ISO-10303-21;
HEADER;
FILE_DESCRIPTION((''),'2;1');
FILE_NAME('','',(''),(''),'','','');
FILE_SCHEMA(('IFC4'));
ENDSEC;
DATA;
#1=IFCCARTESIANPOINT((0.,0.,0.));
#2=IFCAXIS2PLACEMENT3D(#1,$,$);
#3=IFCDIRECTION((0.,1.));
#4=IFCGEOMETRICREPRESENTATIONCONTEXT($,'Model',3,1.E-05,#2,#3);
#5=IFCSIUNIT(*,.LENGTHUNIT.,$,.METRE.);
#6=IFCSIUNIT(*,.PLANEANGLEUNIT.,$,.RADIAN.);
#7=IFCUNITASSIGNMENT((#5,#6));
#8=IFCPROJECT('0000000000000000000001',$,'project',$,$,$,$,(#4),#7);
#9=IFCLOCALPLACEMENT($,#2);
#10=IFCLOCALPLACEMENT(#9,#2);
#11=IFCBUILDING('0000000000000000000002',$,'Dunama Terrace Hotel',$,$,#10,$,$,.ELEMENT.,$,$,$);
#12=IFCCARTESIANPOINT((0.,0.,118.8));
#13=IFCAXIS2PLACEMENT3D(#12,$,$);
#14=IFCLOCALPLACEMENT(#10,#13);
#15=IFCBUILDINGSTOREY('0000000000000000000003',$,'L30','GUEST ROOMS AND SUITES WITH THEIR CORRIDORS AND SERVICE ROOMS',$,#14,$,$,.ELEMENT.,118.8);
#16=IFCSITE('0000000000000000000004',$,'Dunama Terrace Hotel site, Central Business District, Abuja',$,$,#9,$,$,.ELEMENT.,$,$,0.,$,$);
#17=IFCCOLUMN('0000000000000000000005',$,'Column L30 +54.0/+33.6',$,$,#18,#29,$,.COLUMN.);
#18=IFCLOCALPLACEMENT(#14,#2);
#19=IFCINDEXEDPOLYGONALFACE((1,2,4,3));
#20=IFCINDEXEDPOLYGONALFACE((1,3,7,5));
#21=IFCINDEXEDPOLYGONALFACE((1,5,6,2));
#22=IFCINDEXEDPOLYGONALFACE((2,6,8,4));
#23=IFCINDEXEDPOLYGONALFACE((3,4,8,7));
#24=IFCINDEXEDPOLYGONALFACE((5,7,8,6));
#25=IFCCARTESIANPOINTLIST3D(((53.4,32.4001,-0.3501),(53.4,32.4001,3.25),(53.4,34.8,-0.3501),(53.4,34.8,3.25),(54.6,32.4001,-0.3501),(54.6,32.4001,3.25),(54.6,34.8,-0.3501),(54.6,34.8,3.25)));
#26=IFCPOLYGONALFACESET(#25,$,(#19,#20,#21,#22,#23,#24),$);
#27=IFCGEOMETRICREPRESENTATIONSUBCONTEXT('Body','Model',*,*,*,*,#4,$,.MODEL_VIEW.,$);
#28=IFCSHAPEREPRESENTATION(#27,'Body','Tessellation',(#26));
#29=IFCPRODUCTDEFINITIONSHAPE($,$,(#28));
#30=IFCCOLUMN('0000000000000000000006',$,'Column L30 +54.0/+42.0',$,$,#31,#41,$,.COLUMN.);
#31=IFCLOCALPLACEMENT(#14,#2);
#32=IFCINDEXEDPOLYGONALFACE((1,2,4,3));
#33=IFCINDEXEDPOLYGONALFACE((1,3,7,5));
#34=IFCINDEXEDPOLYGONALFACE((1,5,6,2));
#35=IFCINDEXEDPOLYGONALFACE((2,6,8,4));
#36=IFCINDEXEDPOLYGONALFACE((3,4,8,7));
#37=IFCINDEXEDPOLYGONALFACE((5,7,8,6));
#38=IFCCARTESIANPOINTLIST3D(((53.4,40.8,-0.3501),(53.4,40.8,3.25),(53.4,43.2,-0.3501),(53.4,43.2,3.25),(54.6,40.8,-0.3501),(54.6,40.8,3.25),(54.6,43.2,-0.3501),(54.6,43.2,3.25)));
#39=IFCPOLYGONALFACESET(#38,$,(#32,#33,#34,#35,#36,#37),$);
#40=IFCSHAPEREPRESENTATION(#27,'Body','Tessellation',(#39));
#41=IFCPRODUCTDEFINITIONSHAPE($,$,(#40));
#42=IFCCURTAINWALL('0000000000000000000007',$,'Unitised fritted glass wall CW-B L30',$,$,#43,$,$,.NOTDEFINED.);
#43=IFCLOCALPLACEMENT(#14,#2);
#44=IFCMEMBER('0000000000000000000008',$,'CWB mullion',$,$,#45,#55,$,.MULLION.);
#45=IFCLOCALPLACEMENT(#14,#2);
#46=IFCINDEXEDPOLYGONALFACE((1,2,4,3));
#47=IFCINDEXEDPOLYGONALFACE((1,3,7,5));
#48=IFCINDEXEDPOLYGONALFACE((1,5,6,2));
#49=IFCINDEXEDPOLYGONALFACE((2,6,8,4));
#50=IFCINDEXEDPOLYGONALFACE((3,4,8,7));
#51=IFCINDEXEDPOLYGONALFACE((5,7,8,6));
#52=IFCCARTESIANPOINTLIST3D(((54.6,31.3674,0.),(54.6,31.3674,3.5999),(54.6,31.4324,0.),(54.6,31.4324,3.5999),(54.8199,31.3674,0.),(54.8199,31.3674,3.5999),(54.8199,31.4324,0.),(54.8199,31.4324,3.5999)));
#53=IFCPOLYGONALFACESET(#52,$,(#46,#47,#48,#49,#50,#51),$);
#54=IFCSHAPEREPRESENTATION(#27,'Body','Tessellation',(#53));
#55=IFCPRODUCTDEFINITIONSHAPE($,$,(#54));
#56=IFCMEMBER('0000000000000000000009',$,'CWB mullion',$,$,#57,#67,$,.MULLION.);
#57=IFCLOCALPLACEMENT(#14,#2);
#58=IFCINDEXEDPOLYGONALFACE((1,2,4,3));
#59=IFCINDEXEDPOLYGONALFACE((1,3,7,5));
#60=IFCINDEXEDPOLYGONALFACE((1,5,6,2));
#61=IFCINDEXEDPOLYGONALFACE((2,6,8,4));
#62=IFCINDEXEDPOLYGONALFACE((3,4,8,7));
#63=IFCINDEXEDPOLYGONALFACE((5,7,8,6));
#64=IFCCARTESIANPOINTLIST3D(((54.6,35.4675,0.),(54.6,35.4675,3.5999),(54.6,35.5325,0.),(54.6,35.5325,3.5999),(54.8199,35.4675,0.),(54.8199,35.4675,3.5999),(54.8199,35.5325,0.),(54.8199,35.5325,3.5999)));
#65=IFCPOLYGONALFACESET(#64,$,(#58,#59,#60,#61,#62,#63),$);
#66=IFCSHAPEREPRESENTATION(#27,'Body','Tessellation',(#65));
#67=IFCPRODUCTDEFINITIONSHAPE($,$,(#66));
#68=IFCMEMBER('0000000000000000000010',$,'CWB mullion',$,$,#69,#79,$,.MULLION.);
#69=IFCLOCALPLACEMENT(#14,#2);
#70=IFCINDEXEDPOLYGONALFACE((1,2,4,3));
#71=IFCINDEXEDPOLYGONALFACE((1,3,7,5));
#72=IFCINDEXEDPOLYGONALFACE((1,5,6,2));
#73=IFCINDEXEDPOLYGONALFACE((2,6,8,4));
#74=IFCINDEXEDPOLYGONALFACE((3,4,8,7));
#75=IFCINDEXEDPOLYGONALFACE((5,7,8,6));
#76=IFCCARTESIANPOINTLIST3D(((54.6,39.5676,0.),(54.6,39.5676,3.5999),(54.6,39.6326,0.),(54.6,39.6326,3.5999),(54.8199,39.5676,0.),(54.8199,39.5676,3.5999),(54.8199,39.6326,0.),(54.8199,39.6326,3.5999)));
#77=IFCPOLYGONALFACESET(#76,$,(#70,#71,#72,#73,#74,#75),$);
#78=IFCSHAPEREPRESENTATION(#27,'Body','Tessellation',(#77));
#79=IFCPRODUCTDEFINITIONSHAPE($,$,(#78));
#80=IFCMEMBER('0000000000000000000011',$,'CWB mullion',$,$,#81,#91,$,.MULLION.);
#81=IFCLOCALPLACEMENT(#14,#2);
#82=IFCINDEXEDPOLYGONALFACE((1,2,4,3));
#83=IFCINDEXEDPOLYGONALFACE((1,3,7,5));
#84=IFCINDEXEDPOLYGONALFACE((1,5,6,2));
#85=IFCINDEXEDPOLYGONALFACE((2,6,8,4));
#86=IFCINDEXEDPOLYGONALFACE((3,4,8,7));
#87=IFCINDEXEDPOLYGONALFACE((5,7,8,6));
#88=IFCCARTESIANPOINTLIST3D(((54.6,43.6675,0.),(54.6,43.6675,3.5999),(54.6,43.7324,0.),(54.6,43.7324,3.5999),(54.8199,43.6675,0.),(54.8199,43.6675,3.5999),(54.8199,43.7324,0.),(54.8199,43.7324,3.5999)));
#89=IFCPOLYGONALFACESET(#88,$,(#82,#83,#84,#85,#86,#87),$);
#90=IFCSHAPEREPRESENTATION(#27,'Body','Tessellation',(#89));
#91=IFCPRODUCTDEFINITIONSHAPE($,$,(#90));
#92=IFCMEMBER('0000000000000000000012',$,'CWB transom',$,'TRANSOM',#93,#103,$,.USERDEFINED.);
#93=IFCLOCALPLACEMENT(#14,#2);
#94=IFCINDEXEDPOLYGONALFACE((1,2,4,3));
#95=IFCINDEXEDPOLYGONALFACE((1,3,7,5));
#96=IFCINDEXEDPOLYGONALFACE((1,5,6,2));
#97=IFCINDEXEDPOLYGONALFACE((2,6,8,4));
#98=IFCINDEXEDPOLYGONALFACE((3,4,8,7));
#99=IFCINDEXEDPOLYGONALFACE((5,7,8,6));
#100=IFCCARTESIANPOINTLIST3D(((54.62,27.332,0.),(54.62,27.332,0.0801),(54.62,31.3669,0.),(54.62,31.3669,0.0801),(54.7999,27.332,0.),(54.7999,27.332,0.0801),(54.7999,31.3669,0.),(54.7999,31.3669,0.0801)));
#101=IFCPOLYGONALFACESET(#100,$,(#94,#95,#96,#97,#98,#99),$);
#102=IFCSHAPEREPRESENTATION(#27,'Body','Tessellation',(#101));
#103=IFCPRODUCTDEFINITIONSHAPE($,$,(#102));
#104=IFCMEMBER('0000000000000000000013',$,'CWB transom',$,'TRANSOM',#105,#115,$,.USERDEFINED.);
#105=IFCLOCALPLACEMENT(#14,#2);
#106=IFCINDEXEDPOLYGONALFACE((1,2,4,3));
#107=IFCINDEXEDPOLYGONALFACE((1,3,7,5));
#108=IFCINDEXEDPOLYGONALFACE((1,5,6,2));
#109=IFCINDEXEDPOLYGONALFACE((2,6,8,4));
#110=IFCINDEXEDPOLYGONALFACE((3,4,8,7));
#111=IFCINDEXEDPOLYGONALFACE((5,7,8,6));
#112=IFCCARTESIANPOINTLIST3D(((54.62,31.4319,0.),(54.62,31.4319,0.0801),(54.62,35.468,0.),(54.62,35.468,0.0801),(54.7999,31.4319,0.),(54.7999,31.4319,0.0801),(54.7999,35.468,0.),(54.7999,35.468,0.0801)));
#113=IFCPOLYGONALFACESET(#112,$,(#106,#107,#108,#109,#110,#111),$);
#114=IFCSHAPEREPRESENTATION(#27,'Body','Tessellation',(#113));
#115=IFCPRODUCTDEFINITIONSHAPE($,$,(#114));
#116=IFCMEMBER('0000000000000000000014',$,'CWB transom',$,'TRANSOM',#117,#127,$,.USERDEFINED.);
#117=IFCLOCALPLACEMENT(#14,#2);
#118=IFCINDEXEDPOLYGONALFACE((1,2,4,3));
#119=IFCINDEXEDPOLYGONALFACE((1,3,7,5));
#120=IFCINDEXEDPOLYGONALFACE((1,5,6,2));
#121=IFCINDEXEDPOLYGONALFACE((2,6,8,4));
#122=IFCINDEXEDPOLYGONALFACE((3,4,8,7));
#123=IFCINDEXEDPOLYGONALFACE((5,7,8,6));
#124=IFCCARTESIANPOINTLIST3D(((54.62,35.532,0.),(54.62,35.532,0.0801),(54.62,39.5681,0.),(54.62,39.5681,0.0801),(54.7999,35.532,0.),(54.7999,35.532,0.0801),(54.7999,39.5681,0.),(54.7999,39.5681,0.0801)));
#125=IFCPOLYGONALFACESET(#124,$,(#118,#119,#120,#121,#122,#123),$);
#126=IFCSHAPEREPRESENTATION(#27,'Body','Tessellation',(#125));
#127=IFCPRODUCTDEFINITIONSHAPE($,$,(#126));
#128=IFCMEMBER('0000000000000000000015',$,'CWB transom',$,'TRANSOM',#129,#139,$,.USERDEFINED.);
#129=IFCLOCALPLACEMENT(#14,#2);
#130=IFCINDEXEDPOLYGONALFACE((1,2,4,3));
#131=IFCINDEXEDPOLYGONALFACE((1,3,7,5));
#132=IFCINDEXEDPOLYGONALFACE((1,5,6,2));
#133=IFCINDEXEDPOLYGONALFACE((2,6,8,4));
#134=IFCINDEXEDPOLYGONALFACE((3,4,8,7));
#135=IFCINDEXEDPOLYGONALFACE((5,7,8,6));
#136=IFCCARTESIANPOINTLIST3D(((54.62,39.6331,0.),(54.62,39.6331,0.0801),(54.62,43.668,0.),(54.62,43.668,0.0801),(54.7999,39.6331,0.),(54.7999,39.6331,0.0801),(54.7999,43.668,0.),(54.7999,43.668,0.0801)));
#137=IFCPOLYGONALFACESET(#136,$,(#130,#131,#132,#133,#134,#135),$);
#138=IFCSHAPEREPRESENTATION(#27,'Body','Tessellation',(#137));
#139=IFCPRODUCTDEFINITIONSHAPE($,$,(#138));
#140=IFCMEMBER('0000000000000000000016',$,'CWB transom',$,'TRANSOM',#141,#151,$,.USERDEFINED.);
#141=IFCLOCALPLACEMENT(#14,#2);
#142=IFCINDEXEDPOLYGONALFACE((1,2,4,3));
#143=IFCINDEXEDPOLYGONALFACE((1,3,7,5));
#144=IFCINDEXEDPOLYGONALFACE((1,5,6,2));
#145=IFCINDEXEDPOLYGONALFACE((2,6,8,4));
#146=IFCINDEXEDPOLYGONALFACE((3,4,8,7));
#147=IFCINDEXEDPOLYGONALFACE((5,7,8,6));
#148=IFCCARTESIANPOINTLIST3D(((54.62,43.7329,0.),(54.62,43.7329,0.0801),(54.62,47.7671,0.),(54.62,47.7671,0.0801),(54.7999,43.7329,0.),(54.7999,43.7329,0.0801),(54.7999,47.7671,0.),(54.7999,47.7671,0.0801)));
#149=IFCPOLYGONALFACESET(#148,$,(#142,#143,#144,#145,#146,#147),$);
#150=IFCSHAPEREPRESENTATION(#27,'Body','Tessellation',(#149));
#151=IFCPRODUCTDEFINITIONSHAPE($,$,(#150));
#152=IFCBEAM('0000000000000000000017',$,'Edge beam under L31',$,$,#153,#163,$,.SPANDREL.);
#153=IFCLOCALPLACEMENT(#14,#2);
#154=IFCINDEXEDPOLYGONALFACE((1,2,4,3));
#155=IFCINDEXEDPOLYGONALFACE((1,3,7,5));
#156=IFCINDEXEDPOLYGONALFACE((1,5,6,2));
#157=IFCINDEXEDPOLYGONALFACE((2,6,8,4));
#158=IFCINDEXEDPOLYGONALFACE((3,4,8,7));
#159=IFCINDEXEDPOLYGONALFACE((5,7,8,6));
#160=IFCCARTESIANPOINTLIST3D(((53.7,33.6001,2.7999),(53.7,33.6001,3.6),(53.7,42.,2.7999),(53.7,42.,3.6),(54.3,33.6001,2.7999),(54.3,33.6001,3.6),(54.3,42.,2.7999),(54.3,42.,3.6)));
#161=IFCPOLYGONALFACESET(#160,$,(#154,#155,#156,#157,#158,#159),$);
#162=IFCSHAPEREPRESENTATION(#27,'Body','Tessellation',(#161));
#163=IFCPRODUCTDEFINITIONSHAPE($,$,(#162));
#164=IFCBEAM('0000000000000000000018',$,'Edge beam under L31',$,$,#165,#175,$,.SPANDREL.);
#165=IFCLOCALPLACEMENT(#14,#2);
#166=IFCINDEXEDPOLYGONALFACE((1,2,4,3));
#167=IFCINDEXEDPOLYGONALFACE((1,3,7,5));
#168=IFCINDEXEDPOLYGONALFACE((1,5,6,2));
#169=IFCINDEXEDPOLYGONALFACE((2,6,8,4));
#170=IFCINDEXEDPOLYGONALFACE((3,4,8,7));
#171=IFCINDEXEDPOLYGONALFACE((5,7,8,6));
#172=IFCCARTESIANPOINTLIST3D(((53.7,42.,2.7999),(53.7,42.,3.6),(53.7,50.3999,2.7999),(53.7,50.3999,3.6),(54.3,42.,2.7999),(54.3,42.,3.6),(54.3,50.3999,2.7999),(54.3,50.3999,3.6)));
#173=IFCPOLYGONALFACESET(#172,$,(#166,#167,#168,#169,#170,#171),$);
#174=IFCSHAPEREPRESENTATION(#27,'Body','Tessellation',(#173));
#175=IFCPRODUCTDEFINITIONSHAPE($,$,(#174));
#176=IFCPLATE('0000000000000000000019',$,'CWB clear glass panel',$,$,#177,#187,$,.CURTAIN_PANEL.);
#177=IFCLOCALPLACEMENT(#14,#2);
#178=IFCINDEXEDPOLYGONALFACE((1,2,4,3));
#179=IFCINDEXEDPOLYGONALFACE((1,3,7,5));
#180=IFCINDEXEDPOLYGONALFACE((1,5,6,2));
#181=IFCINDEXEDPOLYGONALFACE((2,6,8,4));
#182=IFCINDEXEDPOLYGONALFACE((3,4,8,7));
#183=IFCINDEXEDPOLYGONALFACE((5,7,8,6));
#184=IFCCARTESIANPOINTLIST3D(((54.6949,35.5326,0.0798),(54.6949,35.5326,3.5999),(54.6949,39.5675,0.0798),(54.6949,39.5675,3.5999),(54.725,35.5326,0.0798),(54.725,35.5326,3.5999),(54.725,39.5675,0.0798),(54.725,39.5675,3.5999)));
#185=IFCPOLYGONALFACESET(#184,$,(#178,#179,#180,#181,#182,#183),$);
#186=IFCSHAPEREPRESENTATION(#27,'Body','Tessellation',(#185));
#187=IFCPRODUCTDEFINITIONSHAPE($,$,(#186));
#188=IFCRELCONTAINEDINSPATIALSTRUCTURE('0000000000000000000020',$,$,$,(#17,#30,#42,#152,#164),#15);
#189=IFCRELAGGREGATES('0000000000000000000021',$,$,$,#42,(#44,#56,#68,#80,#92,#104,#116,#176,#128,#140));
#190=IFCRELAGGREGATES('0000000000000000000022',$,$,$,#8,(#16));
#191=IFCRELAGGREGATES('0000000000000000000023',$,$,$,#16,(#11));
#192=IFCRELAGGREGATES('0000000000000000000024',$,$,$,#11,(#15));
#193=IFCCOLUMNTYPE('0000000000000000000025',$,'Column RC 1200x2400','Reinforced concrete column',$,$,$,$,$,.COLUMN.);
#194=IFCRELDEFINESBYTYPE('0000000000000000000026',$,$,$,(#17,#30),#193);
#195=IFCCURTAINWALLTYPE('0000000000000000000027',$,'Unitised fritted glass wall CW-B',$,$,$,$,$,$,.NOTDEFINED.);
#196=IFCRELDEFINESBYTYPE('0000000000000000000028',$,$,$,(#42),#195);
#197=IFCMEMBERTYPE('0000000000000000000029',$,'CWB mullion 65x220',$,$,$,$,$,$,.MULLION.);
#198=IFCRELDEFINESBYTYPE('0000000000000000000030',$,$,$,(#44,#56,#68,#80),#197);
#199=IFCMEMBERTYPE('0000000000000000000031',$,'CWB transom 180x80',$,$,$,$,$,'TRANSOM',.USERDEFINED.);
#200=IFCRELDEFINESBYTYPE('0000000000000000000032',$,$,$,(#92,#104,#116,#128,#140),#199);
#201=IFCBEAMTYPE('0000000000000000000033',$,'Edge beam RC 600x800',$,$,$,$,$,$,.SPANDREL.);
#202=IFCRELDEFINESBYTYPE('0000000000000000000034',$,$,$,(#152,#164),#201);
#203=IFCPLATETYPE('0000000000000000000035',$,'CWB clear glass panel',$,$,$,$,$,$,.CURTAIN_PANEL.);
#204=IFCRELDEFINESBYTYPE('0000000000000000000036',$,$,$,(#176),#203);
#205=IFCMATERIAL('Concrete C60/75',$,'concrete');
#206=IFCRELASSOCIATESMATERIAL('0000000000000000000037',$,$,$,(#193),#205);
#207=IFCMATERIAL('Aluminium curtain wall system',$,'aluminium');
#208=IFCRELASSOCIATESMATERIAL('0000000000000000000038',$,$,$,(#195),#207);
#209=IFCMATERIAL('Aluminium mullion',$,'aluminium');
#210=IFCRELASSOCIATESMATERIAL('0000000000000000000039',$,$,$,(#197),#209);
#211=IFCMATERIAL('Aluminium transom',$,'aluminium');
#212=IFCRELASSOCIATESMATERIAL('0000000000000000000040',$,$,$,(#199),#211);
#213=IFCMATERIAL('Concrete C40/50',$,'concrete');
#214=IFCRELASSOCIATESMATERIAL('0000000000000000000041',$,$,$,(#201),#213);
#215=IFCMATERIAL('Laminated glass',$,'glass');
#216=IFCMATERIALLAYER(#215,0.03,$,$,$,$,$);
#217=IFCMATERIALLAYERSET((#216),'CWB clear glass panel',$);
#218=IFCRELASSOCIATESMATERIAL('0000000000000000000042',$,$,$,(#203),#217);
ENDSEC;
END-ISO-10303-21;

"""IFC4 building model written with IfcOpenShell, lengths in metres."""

from ifc_helpers import new_model, si_unit, direction, frame, origin, origin_2d, place, context, subcontext, project, spatial, rectangle, extrude, material, layer, layer_set, material_profile, profile_set, type_object, element, aggregate, save


model = new_model("IFC4")

# Units and contexts
model_context = context("Model", 3, precision=1e-05, world=origin(), true_north=direction((0.0, 1.0)))
body_context = subcontext(model_context, "Body", "Model", "MODEL_VIEW")
ifc_project = project(units=[si_unit("LENGTHUNIT", "METRE"), si_unit("PLANEANGLEUNIT", "RADIAN")], contexts=[model_context])

# Site, building, storey
site_placement = place(None, origin())
site = spatial("IfcSite", under=ifc_project, at=site_placement, Name="Dunama Terrace Hotel site, Central Business District, Abuja", CompositionType="ELEMENT", RefElevation=0.0)
building_placement = place(site_placement, origin())
building = spatial("IfcBuilding", under=site, at=building_placement, Name="Dunama Terrace Hotel", CompositionType="ELEMENT")
storey_placement = place(building_placement, frame((0.0, 0.0, 118.8)))
storey = spatial("IfcBuildingStorey", under=building, at=storey_placement, Name="L30", Description="GUEST ROOMS AND SUITES WITH THEIR CORRIDORS AND SERVICE ROOMS", CompositionType="ELEMENT", Elevation=118.8)

# Columns
ifc_material_1 = material(Name="Concrete C60/75", Category="concrete")
ifc_material_profile_1 = material_profile(ifc_material_1, rectangle(XDim=1.2, YDim=2.3999, at=origin_2d()), Name="RC 1200x2400")
ifc_profile_set_1 = profile_set([ifc_material_profile_1], Name="Concrete C60/75")
column_type = type_object("IfcColumnType", Name="Column RC 1200x2400", Description="Reinforced concrete column", PredefinedType="COLUMN", material=ifc_profile_set_1)
for number, where, z_axis, x_axis, name in (
    (1, (54.0, 33.6001, -0.3501), (0.0, 0.0, 1.0), (1.0, 0.0, 0.0), "Column L30 +54.0/+33.6"),
    (2, (54.0, 42.0, -0.3501), (0.0, 0.0, 1.0), (1.0, 0.0, 0.0), "Column L30 +54.0/+42.0"),
):
    element("IfcColumn", number, at=place(storey_placement, frame(where, z_axis=z_axis, x_axis=x_axis)), inside=storey, type_object=column_type, Name=name, PredefinedType="COLUMN", context=body_context, shape_type="SweptSolid", body=[
        extrude(rectangle(XDim=1.2, YDim=2.3999, at=origin_2d()), origin(), (0.0, 0.0, 1.0), 3.6001),
    ])

# Curtain wall, members
ifc_material_2 = material(Name="Aluminium curtain wall system", Category="aluminium")
curtain_wall_type = type_object("IfcCurtainWallType", Name="Unitised fritted glass wall CW-B", PredefinedType="NOTDEFINED", material=ifc_material_2)
curtain_wall_placement = place(storey_placement, origin())
curtain_wall = element("IfcCurtainWall", 3, at=curtain_wall_placement, inside=storey, type_object=curtain_wall_type, Name="Unitised fritted glass wall CW-B L30", PredefinedType="NOTDEFINED")
ifc_material_3 = material(Name="Aluminium mullion", Category="aluminium")
ifc_material_profile_2 = material_profile(ifc_material_3, rectangle(XDim=0.0649, YDim=0.22, at=origin_2d()), Name="CWB MULLION 65X220")
ifc_profile_set_2 = profile_set([ifc_material_profile_2], Name="Aluminium mullion")
member_type_1 = type_object("IfcMemberType", Name="CWB mullion 65x220", PredefinedType="MULLION", material=ifc_profile_set_2)
member_1_placement = place(storey_placement, frame((54.71, 31.3999, 0.0), z_axis=(0.0, 0.0, 1.0), x_axis=(0.0, 1.0, 0.0)))
member_1 = element("IfcMember", 4, at=member_1_placement, type_object=member_type_1, Name="CWB mullion", PredefinedType="MULLION", context=body_context, shape_type="SweptSolid", body=[
    extrude(rectangle(XDim=0.0649, YDim=0.22, at=origin_2d()), origin(), (0.0, 0.0, 1.0), 3.5999),
])
member_2_placement = place(storey_placement, frame((54.71, 35.5, 0.0), z_axis=(0.0, 0.0, 1.0), x_axis=(0.0, 1.0, 0.0)))
member_2 = element("IfcMember", 5, at=member_2_placement, type_object=member_type_1, Name="CWB mullion", PredefinedType="MULLION", context=body_context, shape_type="SweptSolid", body=[
    extrude(rectangle(XDim=0.0649, YDim=0.22, at=origin_2d()), origin(), (0.0, 0.0, 1.0), 3.5999),
])
member_3_placement = place(storey_placement, frame((54.71, 39.6001, 0.0), z_axis=(0.0, 0.0, 1.0), x_axis=(0.0, 1.0, 0.0)))
member_3 = element("IfcMember", 6, at=member_3_placement, type_object=member_type_1, Name="CWB mullion", PredefinedType="MULLION", context=body_context, shape_type="SweptSolid", body=[
    extrude(rectangle(XDim=0.0649, YDim=0.22, at=origin_2d()), origin(), (0.0, 0.0, 1.0), 3.5999),
])
member_4_placement = place(storey_placement, frame((54.71, 43.7, 0.0), z_axis=(0.0, 0.0, 1.0), x_axis=(0.0, 1.0, 0.0)))
member_4 = element("IfcMember", 7, at=member_4_placement, type_object=member_type_1, Name="CWB mullion", PredefinedType="MULLION", context=body_context, shape_type="SweptSolid", body=[
    extrude(rectangle(XDim=0.0649, YDim=0.22, at=origin_2d()), origin(), (0.0, 0.0, 1.0), 3.5999),
])
ifc_material_4 = material(Name="Aluminium transom", Category="aluminium")
ifc_material_profile_3 = material_profile(ifc_material_4, rectangle(XDim=0.1799, YDim=0.0801, at=origin_2d()), Name="CWB TRANSOM 180X80")
ifc_profile_set_3 = profile_set([ifc_material_profile_3], Name="Aluminium transom")
member_type_2 = type_object("IfcMemberType", Name="CWB transom 180x80", ElementType="TRANSOM", PredefinedType="USERDEFINED", material=ifc_profile_set_3)
member_5_placement = place(storey_placement, frame((54.71, 27.332, 0.04), z_axis=(0.0, 1.0, 0.0), x_axis=(-1.0, 0.0, 0.0)))
member_5 = element("IfcMember", 8, at=member_5_placement, type_object=member_type_2, Name="CWB transom", ObjectType="TRANSOM", PredefinedType="USERDEFINED", context=body_context, shape_type="SweptSolid", body=[
    extrude(rectangle(XDim=0.1799, YDim=0.0801, at=origin_2d()), origin(), (0.0, 0.0, 1.0), 4.0349),
])
member_6_placement = place(storey_placement, frame((54.71, 31.4319, 0.04), z_axis=(0.0, 1.0, 0.0), x_axis=(-1.0, 0.0, 0.0)))
member_6 = element("IfcMember", 9, at=member_6_placement, type_object=member_type_2, Name="CWB transom", ObjectType="TRANSOM", PredefinedType="USERDEFINED", context=body_context, shape_type="SweptSolid", body=[
    extrude(rectangle(XDim=0.1799, YDim=0.0801, at=origin_2d()), origin(), (0.0, 0.0, 1.0), 4.0361),
])
member_7_placement = place(storey_placement, frame((54.71, 35.532, 0.04), z_axis=(0.0, 1.0, 0.0), x_axis=(-1.0, 0.0, 0.0)))
member_7 = element("IfcMember", 10, at=member_7_placement, type_object=member_type_2, Name="CWB transom", ObjectType="TRANSOM", PredefinedType="USERDEFINED", context=body_context, shape_type="SweptSolid", body=[
    extrude(rectangle(XDim=0.1799, YDim=0.0801, at=origin_2d()), origin(), (0.0, 0.0, 1.0), 4.0361),
])
member_8_placement = place(storey_placement, frame((54.71, 39.6331, 0.04), z_axis=(0.0, 1.0, 0.0), x_axis=(-1.0, 0.0, 0.0)))
member_8 = element("IfcMember", 11, at=member_8_placement, type_object=member_type_2, Name="CWB transom", ObjectType="TRANSOM", PredefinedType="USERDEFINED", context=body_context, shape_type="SweptSolid", body=[
    extrude(rectangle(XDim=0.1799, YDim=0.0801, at=origin_2d()), origin(), (0.0, 0.0, 1.0), 4.0349),
])
member_9_placement = place(storey_placement, frame((54.71, 43.7329, 0.04), z_axis=(0.0, 1.0, 0.0), x_axis=(-1.0, 0.0, 0.0)))
member_9 = element("IfcMember", 12, at=member_9_placement, type_object=member_type_2, Name="CWB transom", ObjectType="TRANSOM", PredefinedType="USERDEFINED", context=body_context, shape_type="SweptSolid", body=[
    extrude(rectangle(XDim=0.1799, YDim=0.0801, at=origin_2d()), origin(), (0.0, 0.0, 1.0), 4.0342),
])

# Beams
ifc_material_5 = material(Name="Concrete C40/50", Category="concrete")
ifc_material_profile_4 = material_profile(ifc_material_5, rectangle(XDim=0.6001, YDim=0.8, at=origin_2d()), Name="RC 600x800")
ifc_profile_set_4 = profile_set([ifc_material_profile_4], Name="Concrete C40/50")
beam_type = type_object("IfcBeamType", Name="Edge beam RC 600x800", PredefinedType="SPANDREL", material=ifc_profile_set_4)
for number, where, z_axis, x_axis, name in (
    (13, (54.0, 33.6001, 3.2), (0.0, 1.0, 0.0), (-1.0, 0.0, 0.0), "Edge beam under L31"),
    (14, (54.0, 42.0, 3.2), (0.0, 1.0, 0.0), (-1.0, 0.0, 0.0), "Edge beam under L31"),
):
    element("IfcBeam", number, at=place(storey_placement, frame(where, z_axis=z_axis, x_axis=x_axis)), inside=storey, type_object=beam_type, Name=name, PredefinedType="SPANDREL", context=body_context, shape_type="SweptSolid", body=[
        extrude(rectangle(XDim=0.6001, YDim=0.8, at=origin_2d()), origin(), (0.0, 0.0, 1.0), 8.3999),
    ])

# Plate
ifc_material_6 = material(Name="Laminated glass", Category="glass")
ifc_layer_1 = layer(ifc_material_6, 0.03)
ifc_layer_set_1 = layer_set([ifc_layer_1], Name="CWB clear glass panel")
plate_type_1 = type_object("IfcPlateType", Name="CWB clear glass panel", PredefinedType="CURTAIN_PANEL", material=ifc_layer_set_1)
plate_1_placement = place(storey_placement, frame((54.71, 37.55, 0.0798), z_axis=(0.0, 0.0, 1.0), x_axis=(0.0, 1.0, 0.0)))
plate_1 = element("IfcPlate", 15, at=plate_1_placement, type_object=plate_type_1, Name="CWB clear glass panel", PredefinedType="CURTAIN_PANEL", context=body_context, shape_type="SweptSolid", body=[
    extrude(rectangle(XDim=4.0349, YDim=0.03, at=origin_2d()), origin(), (0.0, 0.0, 1.0), 3.52),
])
aggregate(curtain_wall, [member_1, member_2, member_3, member_4, member_5, member_6, member_7, plate_1, member_8, member_9])

save(model, "model.ifc")
